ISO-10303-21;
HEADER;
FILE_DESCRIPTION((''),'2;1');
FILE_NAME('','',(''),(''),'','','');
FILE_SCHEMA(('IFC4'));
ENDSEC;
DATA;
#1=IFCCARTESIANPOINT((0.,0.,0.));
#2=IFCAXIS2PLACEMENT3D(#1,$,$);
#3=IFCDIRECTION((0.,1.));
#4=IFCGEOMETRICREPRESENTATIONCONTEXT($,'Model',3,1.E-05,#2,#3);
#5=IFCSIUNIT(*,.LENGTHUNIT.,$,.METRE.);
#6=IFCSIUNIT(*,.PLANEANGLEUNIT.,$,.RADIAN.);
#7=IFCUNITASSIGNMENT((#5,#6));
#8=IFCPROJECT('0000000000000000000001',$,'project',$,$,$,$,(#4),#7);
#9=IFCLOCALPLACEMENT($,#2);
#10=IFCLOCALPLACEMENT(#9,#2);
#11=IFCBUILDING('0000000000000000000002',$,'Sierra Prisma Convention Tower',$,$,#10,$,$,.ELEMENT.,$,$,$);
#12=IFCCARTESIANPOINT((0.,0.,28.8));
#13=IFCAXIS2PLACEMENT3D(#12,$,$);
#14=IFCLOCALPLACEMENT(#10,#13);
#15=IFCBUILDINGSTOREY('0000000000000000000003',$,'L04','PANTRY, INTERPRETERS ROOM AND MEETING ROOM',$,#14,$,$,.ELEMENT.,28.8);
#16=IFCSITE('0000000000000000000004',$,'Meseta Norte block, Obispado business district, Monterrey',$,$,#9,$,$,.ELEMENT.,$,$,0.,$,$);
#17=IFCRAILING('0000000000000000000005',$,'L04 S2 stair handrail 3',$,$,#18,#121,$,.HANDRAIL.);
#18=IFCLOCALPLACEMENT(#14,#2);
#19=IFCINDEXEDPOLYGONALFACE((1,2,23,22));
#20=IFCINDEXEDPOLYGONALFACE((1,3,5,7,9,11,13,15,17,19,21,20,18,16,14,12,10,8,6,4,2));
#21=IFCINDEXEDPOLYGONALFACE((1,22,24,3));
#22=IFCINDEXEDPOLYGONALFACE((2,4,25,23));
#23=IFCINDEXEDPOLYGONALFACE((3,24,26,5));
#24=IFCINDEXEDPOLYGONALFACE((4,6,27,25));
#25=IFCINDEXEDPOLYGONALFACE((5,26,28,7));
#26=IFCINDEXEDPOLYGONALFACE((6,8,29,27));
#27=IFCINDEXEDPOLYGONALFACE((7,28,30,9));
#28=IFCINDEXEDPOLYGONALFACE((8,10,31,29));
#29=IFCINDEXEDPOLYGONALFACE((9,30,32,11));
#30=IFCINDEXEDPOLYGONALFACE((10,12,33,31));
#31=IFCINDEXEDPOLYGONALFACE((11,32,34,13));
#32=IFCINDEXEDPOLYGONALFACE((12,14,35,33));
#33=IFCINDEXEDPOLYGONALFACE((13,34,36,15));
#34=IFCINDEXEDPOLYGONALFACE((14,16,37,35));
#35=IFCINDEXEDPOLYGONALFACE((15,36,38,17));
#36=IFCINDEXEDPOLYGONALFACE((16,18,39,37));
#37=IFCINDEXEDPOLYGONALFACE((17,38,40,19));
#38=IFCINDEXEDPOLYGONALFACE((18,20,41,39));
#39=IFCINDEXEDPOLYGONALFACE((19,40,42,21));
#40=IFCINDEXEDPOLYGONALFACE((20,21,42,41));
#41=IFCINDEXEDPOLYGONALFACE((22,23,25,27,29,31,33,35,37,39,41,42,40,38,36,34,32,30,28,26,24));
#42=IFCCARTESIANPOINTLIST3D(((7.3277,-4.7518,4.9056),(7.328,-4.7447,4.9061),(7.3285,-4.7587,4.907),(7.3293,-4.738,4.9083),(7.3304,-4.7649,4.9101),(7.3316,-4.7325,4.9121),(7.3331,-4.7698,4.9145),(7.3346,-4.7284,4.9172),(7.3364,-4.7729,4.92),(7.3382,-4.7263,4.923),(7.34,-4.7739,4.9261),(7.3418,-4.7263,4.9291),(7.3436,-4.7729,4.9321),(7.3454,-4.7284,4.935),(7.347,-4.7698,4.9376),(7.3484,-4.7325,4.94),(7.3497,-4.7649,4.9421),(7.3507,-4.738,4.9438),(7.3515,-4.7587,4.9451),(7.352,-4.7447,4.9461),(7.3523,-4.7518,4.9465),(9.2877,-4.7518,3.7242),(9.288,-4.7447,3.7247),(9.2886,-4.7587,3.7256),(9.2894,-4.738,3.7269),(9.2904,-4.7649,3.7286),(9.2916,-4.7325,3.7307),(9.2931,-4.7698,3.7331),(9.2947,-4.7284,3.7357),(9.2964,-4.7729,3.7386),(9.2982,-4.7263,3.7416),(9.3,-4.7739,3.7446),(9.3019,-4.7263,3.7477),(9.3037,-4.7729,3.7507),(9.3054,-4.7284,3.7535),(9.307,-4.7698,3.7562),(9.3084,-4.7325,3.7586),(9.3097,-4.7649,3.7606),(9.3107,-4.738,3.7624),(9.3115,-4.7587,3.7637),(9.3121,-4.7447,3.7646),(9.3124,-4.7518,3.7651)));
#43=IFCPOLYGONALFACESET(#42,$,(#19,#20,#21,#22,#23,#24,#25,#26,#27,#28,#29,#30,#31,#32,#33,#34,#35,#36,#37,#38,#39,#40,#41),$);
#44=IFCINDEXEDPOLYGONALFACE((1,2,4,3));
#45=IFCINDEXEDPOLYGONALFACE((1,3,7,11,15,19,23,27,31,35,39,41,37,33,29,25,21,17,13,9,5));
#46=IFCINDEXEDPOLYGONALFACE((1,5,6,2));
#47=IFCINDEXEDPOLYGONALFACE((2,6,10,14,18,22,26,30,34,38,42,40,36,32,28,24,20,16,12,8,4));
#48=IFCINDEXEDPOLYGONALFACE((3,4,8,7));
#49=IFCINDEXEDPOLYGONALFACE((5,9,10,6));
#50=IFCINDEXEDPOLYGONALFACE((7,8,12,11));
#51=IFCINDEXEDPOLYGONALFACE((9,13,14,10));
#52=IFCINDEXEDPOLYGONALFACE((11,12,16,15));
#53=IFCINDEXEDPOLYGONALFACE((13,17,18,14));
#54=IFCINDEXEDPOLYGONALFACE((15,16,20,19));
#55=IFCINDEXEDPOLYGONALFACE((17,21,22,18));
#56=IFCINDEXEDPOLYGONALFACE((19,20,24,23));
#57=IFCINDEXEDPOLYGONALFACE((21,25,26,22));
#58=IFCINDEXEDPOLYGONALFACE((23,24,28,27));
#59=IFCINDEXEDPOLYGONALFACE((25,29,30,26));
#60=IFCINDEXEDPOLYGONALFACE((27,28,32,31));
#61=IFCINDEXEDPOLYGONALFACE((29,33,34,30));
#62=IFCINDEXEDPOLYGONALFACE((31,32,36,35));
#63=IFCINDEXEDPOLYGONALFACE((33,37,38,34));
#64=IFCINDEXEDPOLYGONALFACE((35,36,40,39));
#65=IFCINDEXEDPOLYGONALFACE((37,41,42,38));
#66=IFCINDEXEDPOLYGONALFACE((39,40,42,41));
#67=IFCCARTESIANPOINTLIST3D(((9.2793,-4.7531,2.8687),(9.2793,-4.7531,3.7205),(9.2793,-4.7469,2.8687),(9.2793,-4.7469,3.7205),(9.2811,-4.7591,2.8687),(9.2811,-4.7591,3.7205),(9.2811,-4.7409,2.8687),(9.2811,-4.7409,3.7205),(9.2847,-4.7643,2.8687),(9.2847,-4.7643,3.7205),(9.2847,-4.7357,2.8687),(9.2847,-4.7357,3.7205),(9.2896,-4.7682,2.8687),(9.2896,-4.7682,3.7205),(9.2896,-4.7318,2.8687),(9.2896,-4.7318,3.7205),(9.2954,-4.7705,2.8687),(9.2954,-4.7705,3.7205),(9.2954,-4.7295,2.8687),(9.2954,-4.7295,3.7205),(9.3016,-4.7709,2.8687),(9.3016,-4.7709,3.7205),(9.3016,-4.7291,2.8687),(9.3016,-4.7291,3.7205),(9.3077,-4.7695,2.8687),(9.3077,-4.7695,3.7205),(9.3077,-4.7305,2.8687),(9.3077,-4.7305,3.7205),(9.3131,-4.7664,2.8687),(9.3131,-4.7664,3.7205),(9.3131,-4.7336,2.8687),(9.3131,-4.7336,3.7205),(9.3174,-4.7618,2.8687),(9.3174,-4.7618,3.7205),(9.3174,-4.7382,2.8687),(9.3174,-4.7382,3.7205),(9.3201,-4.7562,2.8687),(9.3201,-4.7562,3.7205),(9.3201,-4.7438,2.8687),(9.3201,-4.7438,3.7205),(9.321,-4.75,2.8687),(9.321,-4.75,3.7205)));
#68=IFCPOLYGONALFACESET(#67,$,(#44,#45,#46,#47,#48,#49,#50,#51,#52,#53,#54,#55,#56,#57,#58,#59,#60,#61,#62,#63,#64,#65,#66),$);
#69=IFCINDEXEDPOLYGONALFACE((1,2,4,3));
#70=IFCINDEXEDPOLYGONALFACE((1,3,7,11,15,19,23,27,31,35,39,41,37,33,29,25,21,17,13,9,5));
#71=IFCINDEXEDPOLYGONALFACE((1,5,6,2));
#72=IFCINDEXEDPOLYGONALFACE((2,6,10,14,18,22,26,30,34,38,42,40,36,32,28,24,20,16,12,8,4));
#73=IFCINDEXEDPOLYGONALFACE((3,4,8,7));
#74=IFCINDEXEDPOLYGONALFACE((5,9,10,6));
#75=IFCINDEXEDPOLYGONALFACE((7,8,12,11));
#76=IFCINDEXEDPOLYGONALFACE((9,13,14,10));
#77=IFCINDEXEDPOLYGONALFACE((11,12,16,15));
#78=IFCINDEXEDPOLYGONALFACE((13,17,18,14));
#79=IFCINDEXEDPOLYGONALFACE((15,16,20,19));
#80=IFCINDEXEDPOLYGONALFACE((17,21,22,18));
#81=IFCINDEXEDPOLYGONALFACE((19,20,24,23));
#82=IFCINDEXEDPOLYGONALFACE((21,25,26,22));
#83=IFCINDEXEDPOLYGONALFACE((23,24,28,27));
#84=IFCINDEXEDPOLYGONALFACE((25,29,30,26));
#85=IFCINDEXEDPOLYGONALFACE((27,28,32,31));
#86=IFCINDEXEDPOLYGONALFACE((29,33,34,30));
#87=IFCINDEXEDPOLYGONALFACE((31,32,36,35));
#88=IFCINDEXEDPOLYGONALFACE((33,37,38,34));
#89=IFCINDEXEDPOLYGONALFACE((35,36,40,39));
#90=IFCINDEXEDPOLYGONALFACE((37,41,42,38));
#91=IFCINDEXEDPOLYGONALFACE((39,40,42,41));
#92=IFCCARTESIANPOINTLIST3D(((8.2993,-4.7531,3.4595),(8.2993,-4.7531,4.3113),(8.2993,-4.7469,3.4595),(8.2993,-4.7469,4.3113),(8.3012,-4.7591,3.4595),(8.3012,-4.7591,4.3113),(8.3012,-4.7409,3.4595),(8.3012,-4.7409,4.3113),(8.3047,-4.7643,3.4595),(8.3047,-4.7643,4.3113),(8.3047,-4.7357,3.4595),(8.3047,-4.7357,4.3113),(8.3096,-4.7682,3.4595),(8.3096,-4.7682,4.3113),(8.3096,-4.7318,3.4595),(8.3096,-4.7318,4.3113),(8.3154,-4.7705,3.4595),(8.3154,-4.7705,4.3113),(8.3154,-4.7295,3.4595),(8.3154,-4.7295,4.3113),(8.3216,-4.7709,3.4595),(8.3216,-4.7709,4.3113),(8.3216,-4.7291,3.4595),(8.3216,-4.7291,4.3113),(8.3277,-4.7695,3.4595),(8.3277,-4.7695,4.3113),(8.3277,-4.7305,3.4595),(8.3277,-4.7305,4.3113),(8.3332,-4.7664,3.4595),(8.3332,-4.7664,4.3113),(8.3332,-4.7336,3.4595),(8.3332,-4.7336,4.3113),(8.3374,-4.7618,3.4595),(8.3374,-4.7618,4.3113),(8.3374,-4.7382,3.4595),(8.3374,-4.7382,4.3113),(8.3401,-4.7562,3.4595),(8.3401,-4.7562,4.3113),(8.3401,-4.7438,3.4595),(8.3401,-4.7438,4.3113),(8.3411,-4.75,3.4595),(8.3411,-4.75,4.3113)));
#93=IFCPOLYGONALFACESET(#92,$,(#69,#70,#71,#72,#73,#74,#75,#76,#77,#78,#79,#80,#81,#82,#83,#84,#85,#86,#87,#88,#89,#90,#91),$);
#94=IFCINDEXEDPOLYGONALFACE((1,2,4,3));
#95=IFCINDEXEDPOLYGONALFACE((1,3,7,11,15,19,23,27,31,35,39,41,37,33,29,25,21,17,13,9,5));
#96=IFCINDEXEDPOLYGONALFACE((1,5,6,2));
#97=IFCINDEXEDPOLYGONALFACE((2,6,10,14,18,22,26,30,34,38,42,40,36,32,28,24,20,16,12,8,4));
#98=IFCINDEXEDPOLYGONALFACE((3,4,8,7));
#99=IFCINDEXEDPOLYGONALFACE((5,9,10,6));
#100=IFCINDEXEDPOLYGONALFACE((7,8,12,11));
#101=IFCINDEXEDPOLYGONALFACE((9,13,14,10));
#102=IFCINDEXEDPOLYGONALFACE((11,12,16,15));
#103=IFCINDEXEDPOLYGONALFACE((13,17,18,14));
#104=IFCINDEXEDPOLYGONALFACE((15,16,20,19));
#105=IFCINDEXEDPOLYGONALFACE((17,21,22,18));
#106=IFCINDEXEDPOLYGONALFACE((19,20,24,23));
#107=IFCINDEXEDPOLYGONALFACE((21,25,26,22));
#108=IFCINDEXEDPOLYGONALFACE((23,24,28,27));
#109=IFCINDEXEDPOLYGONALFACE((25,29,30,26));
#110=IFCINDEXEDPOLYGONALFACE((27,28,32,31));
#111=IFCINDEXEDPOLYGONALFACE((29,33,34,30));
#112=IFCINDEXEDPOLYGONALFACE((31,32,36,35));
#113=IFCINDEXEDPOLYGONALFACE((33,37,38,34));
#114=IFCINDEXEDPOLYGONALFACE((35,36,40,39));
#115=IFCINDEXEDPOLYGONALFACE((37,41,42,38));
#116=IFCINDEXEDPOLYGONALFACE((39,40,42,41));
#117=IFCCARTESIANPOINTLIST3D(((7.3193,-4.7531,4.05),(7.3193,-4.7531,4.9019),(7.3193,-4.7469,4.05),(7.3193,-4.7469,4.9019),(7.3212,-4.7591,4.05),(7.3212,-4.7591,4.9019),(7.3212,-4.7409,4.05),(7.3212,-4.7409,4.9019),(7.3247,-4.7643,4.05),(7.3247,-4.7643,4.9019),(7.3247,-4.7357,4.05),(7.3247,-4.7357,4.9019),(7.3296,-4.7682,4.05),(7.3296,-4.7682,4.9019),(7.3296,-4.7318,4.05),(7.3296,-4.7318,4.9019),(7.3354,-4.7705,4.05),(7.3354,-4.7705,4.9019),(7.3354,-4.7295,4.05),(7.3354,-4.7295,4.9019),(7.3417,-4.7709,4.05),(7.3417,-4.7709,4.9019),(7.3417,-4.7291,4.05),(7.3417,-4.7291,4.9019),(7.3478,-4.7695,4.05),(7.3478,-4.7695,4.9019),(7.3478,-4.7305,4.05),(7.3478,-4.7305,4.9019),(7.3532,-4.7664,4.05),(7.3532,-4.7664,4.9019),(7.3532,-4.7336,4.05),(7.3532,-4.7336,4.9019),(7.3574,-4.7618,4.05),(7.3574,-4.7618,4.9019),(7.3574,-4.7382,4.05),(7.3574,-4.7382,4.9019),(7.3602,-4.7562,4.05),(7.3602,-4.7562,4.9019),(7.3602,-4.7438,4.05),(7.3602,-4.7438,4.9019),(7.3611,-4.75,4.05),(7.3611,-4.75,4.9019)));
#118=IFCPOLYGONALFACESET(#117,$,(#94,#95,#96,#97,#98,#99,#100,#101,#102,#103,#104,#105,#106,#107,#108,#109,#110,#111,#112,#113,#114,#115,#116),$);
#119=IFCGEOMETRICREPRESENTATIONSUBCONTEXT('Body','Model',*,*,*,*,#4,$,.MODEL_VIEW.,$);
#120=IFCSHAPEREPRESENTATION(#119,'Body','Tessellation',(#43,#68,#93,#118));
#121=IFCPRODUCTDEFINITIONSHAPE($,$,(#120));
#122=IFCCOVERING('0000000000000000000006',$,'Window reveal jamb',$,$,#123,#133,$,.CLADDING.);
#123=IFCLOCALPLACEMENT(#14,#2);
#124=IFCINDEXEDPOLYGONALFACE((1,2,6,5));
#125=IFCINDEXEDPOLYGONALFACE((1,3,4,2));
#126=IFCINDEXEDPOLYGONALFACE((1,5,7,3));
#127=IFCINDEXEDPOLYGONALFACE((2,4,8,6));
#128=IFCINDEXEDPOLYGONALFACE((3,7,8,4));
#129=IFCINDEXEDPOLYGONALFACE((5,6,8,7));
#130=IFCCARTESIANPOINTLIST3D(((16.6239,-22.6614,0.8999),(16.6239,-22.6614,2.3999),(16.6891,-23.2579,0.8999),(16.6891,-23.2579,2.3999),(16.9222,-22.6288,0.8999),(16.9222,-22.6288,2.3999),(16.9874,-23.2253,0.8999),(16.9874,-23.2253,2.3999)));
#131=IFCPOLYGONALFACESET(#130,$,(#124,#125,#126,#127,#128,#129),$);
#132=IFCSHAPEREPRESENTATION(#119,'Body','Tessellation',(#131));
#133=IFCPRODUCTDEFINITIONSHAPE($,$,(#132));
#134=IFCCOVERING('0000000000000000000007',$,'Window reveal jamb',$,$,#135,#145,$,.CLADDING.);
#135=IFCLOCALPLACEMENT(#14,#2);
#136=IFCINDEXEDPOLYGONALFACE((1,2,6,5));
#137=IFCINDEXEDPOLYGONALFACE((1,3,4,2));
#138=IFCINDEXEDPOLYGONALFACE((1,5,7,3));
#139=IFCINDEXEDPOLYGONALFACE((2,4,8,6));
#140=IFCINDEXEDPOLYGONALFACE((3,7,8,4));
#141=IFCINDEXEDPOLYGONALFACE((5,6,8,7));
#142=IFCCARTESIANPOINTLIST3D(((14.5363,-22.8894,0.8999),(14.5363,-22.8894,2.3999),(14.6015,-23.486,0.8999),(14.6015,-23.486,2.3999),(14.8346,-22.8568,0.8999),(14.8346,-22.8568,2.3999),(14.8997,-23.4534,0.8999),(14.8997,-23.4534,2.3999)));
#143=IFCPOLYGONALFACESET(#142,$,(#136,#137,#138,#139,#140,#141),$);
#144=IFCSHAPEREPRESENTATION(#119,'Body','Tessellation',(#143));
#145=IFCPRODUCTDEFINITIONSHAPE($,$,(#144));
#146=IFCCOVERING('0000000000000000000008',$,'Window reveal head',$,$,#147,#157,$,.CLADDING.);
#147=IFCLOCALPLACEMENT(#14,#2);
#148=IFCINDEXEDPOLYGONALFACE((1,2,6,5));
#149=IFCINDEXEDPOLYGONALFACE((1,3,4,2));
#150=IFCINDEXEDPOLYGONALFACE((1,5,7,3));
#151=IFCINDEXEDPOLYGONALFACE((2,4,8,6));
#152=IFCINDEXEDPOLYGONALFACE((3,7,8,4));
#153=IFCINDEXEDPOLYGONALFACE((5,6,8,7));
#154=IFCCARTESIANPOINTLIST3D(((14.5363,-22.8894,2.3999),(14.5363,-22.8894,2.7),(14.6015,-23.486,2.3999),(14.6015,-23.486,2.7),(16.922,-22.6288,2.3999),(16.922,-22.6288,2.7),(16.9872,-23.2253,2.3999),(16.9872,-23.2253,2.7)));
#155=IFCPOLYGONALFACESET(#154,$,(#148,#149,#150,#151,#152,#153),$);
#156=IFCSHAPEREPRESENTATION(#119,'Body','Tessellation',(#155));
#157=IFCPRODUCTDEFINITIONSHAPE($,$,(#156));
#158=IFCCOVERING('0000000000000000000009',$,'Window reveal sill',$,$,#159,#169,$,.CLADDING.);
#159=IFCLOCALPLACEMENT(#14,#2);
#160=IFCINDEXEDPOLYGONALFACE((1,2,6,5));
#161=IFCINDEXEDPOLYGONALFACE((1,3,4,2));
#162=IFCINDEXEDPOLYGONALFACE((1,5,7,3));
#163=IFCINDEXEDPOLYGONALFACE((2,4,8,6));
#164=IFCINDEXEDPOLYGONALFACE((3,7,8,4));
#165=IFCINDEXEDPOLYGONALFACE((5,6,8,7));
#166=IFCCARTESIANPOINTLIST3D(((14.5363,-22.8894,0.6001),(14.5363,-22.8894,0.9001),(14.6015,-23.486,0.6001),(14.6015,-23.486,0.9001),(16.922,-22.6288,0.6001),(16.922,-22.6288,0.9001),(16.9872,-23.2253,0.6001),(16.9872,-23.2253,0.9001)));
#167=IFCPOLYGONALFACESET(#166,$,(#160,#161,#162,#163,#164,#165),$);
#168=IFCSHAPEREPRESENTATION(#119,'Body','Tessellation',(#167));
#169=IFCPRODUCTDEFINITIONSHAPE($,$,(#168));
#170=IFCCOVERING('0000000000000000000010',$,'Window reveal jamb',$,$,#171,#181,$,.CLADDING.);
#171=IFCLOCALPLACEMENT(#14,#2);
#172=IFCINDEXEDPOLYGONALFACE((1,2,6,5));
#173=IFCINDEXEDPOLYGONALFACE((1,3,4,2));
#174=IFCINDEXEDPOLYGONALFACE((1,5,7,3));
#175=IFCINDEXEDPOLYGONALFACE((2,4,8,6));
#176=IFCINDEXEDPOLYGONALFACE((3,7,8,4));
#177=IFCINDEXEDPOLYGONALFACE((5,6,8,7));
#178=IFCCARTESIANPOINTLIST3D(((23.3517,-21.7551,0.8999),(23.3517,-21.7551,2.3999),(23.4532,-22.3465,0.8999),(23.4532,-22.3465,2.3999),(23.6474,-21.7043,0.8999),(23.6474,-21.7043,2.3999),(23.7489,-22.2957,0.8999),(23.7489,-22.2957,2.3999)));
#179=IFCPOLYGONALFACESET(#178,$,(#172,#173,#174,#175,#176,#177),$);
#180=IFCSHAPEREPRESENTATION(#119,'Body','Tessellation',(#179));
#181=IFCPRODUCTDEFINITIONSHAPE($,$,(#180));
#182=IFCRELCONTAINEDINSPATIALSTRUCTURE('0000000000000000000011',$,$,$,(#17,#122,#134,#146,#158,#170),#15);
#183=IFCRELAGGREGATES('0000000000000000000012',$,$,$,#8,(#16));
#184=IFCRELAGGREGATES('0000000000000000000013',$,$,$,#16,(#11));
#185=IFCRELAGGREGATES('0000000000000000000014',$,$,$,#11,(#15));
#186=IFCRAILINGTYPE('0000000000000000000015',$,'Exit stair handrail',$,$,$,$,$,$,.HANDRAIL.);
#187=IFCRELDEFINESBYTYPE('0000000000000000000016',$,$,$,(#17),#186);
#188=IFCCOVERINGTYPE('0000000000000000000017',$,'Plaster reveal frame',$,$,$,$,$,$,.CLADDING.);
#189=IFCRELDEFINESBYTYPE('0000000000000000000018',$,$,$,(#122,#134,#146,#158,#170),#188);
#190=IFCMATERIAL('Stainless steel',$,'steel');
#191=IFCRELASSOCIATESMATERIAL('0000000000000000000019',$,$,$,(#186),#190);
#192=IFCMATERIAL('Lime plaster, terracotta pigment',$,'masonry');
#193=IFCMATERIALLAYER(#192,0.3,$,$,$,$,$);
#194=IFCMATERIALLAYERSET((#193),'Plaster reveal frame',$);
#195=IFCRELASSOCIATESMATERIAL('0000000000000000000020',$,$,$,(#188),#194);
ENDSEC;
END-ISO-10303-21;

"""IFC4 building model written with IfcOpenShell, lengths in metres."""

from ifc_helpers import new_model, si_unit, direction, frame, origin, origin_2d, place, context, subcontext, project, spatial, rectangle, circle, extrude, material, layer, layer_set, type_object, element, save


model = new_model("IFC4")

# Units and contexts
model_context = context("Model", 3, precision=1e-05, world=origin(), true_north=direction((0.0, 1.0)))
body_context = subcontext(model_context, "Body", "Model", "MODEL_VIEW")
ifc_project = project(units=[si_unit("LENGTHUNIT", "METRE"), si_unit("PLANEANGLEUNIT", "RADIAN")], contexts=[model_context])

# Site, building, storey
site_placement = place(None, origin())
site = spatial("IfcSite", under=ifc_project, at=site_placement, Name="Meseta Norte block, Obispado business district, Monterrey", CompositionType="ELEMENT", RefElevation=0.0)
building_placement = place(site_placement, origin())
building = spatial("IfcBuilding", under=site, at=building_placement, Name="Sierra Prisma Convention Tower", CompositionType="ELEMENT")
storey_placement = place(building_placement, frame((0.0, 0.0, 28.8)))
storey = spatial("IfcBuildingStorey", under=building, at=storey_placement, Name="L04", Description="PANTRY, INTERPRETERS ROOM AND MEETING ROOM", CompositionType="ELEMENT", Elevation=28.8)

# Railing
ifc_material_1 = material(Name="Stainless steel", Category="steel")
railing_type_1 = type_object("IfcRailingType", Name="Exit stair handrail", PredefinedType="HANDRAIL", material=ifc_material_1)
railing_1_placement = place(storey_placement, frame((9.3, -4.75, 2.8687)))
element("IfcRailing", 1, at=railing_1_placement, inside=storey, type_object=railing_type_1, Name="L04 S2 stair handrail 3", PredefinedType="HANDRAIL", context=body_context, shape_type="SweptSolid", body=[
    extrude(circle(Radius=0.0239, at=origin_2d()), frame((0.0, 0.0, 0.876), z_axis=(-0.856446, 0.0, 0.516236), x_axis=(0.0, -1.0, 0.0)), (0.0, 0.0, 1.0), 2.2886),
    extrude(circle(Radius=0.021, at=origin_2d()), origin(), (0.0, 0.0, 1.0), 0.8518),
    extrude(circle(Radius=0.021, at=origin_2d()), frame((-0.98, 0.0, 0.5908)), (0.0, 0.0, 1.0), 0.8518),
    extrude(circle(Radius=0.021, at=origin_2d()), frame((-1.96, 0.0, 1.1814)), (0.0, 0.0, 1.0), 0.8518),
])

# Coverings
ifc_material_2 = material(Name="Lime plaster, terracotta pigment", Category="masonry")
ifc_layer_1 = layer(ifc_material_2, 0.3)
ifc_layer_set_1 = layer_set([ifc_layer_1], Name="Plaster reveal frame")
covering_type = type_object("IfcCoveringType", Name="Plaster reveal frame", PredefinedType="CLADDING", material=ifc_layer_set_1)
for number, where, z_axis, x_axis, name in (
    (2, (16.8057, -22.9434, 0.8999), (0.0, 0.0, 1.0), (-0.994085, -0.108607, 0.0), "Window reveal jamb"),
    (3, (14.718, -23.1714, 0.8999), (0.0, 0.0, 1.0), (-0.994085, -0.108607, 0.0), "Window reveal jamb"),
):
    element("IfcCovering", number, at=place(storey_placement, frame(where, z_axis=z_axis, x_axis=x_axis)), inside=storey, type_object=covering_type, Name=name, PredefinedType="CLADDING", context=body_context, shape_type="SweptSolid", body=[
        extrude(rectangle(XDim=0.3, YDim=0.6001, at=origin_2d()), origin(), (0.0, 0.0, 1.0), 1.5),
    ])
for number, where, z_axis, x_axis, name in (
    (4, (15.7617, -23.0574, 2.3999), (0.0, 0.0, 1.0), (-0.994085, -0.108607, 0.0), "Window reveal head"),
    (5, (15.7617, -23.0574, 0.6001), (0.0, 0.0, 1.0), (-0.994085, -0.108607, 0.0), "Window reveal sill"),
):
    element("IfcCovering", number, at=place(storey_placement, frame(where, z_axis=z_axis, x_axis=x_axis)), inside=storey, type_object=covering_type, Name=name, PredefinedType="CLADDING", context=body_context, shape_type="SweptSolid", body=[
        extrude(rectangle(XDim=2.3999, YDim=0.6001, at=origin_2d()), origin(), (0.0, 0.0, 1.0), 0.3),
    ])
covering_placement = place(storey_placement, frame((23.5503, -22.0254, 0.8999), z_axis=(0.0, 0.0, 1.0), x_axis=(-0.985574, -0.169246, 0.0)))
element("IfcCovering", 6, at=covering_placement, inside=storey, type_object=covering_type, Name="Window reveal jamb", PredefinedType="CLADDING", context=body_context, shape_type="SweptSolid", body=[
    extrude(rectangle(XDim=0.3, YDim=0.6001, at=origin_2d()), origin(), (0.0, 0.0, 1.0), 1.5),
])

save(model, "model.ifc")
